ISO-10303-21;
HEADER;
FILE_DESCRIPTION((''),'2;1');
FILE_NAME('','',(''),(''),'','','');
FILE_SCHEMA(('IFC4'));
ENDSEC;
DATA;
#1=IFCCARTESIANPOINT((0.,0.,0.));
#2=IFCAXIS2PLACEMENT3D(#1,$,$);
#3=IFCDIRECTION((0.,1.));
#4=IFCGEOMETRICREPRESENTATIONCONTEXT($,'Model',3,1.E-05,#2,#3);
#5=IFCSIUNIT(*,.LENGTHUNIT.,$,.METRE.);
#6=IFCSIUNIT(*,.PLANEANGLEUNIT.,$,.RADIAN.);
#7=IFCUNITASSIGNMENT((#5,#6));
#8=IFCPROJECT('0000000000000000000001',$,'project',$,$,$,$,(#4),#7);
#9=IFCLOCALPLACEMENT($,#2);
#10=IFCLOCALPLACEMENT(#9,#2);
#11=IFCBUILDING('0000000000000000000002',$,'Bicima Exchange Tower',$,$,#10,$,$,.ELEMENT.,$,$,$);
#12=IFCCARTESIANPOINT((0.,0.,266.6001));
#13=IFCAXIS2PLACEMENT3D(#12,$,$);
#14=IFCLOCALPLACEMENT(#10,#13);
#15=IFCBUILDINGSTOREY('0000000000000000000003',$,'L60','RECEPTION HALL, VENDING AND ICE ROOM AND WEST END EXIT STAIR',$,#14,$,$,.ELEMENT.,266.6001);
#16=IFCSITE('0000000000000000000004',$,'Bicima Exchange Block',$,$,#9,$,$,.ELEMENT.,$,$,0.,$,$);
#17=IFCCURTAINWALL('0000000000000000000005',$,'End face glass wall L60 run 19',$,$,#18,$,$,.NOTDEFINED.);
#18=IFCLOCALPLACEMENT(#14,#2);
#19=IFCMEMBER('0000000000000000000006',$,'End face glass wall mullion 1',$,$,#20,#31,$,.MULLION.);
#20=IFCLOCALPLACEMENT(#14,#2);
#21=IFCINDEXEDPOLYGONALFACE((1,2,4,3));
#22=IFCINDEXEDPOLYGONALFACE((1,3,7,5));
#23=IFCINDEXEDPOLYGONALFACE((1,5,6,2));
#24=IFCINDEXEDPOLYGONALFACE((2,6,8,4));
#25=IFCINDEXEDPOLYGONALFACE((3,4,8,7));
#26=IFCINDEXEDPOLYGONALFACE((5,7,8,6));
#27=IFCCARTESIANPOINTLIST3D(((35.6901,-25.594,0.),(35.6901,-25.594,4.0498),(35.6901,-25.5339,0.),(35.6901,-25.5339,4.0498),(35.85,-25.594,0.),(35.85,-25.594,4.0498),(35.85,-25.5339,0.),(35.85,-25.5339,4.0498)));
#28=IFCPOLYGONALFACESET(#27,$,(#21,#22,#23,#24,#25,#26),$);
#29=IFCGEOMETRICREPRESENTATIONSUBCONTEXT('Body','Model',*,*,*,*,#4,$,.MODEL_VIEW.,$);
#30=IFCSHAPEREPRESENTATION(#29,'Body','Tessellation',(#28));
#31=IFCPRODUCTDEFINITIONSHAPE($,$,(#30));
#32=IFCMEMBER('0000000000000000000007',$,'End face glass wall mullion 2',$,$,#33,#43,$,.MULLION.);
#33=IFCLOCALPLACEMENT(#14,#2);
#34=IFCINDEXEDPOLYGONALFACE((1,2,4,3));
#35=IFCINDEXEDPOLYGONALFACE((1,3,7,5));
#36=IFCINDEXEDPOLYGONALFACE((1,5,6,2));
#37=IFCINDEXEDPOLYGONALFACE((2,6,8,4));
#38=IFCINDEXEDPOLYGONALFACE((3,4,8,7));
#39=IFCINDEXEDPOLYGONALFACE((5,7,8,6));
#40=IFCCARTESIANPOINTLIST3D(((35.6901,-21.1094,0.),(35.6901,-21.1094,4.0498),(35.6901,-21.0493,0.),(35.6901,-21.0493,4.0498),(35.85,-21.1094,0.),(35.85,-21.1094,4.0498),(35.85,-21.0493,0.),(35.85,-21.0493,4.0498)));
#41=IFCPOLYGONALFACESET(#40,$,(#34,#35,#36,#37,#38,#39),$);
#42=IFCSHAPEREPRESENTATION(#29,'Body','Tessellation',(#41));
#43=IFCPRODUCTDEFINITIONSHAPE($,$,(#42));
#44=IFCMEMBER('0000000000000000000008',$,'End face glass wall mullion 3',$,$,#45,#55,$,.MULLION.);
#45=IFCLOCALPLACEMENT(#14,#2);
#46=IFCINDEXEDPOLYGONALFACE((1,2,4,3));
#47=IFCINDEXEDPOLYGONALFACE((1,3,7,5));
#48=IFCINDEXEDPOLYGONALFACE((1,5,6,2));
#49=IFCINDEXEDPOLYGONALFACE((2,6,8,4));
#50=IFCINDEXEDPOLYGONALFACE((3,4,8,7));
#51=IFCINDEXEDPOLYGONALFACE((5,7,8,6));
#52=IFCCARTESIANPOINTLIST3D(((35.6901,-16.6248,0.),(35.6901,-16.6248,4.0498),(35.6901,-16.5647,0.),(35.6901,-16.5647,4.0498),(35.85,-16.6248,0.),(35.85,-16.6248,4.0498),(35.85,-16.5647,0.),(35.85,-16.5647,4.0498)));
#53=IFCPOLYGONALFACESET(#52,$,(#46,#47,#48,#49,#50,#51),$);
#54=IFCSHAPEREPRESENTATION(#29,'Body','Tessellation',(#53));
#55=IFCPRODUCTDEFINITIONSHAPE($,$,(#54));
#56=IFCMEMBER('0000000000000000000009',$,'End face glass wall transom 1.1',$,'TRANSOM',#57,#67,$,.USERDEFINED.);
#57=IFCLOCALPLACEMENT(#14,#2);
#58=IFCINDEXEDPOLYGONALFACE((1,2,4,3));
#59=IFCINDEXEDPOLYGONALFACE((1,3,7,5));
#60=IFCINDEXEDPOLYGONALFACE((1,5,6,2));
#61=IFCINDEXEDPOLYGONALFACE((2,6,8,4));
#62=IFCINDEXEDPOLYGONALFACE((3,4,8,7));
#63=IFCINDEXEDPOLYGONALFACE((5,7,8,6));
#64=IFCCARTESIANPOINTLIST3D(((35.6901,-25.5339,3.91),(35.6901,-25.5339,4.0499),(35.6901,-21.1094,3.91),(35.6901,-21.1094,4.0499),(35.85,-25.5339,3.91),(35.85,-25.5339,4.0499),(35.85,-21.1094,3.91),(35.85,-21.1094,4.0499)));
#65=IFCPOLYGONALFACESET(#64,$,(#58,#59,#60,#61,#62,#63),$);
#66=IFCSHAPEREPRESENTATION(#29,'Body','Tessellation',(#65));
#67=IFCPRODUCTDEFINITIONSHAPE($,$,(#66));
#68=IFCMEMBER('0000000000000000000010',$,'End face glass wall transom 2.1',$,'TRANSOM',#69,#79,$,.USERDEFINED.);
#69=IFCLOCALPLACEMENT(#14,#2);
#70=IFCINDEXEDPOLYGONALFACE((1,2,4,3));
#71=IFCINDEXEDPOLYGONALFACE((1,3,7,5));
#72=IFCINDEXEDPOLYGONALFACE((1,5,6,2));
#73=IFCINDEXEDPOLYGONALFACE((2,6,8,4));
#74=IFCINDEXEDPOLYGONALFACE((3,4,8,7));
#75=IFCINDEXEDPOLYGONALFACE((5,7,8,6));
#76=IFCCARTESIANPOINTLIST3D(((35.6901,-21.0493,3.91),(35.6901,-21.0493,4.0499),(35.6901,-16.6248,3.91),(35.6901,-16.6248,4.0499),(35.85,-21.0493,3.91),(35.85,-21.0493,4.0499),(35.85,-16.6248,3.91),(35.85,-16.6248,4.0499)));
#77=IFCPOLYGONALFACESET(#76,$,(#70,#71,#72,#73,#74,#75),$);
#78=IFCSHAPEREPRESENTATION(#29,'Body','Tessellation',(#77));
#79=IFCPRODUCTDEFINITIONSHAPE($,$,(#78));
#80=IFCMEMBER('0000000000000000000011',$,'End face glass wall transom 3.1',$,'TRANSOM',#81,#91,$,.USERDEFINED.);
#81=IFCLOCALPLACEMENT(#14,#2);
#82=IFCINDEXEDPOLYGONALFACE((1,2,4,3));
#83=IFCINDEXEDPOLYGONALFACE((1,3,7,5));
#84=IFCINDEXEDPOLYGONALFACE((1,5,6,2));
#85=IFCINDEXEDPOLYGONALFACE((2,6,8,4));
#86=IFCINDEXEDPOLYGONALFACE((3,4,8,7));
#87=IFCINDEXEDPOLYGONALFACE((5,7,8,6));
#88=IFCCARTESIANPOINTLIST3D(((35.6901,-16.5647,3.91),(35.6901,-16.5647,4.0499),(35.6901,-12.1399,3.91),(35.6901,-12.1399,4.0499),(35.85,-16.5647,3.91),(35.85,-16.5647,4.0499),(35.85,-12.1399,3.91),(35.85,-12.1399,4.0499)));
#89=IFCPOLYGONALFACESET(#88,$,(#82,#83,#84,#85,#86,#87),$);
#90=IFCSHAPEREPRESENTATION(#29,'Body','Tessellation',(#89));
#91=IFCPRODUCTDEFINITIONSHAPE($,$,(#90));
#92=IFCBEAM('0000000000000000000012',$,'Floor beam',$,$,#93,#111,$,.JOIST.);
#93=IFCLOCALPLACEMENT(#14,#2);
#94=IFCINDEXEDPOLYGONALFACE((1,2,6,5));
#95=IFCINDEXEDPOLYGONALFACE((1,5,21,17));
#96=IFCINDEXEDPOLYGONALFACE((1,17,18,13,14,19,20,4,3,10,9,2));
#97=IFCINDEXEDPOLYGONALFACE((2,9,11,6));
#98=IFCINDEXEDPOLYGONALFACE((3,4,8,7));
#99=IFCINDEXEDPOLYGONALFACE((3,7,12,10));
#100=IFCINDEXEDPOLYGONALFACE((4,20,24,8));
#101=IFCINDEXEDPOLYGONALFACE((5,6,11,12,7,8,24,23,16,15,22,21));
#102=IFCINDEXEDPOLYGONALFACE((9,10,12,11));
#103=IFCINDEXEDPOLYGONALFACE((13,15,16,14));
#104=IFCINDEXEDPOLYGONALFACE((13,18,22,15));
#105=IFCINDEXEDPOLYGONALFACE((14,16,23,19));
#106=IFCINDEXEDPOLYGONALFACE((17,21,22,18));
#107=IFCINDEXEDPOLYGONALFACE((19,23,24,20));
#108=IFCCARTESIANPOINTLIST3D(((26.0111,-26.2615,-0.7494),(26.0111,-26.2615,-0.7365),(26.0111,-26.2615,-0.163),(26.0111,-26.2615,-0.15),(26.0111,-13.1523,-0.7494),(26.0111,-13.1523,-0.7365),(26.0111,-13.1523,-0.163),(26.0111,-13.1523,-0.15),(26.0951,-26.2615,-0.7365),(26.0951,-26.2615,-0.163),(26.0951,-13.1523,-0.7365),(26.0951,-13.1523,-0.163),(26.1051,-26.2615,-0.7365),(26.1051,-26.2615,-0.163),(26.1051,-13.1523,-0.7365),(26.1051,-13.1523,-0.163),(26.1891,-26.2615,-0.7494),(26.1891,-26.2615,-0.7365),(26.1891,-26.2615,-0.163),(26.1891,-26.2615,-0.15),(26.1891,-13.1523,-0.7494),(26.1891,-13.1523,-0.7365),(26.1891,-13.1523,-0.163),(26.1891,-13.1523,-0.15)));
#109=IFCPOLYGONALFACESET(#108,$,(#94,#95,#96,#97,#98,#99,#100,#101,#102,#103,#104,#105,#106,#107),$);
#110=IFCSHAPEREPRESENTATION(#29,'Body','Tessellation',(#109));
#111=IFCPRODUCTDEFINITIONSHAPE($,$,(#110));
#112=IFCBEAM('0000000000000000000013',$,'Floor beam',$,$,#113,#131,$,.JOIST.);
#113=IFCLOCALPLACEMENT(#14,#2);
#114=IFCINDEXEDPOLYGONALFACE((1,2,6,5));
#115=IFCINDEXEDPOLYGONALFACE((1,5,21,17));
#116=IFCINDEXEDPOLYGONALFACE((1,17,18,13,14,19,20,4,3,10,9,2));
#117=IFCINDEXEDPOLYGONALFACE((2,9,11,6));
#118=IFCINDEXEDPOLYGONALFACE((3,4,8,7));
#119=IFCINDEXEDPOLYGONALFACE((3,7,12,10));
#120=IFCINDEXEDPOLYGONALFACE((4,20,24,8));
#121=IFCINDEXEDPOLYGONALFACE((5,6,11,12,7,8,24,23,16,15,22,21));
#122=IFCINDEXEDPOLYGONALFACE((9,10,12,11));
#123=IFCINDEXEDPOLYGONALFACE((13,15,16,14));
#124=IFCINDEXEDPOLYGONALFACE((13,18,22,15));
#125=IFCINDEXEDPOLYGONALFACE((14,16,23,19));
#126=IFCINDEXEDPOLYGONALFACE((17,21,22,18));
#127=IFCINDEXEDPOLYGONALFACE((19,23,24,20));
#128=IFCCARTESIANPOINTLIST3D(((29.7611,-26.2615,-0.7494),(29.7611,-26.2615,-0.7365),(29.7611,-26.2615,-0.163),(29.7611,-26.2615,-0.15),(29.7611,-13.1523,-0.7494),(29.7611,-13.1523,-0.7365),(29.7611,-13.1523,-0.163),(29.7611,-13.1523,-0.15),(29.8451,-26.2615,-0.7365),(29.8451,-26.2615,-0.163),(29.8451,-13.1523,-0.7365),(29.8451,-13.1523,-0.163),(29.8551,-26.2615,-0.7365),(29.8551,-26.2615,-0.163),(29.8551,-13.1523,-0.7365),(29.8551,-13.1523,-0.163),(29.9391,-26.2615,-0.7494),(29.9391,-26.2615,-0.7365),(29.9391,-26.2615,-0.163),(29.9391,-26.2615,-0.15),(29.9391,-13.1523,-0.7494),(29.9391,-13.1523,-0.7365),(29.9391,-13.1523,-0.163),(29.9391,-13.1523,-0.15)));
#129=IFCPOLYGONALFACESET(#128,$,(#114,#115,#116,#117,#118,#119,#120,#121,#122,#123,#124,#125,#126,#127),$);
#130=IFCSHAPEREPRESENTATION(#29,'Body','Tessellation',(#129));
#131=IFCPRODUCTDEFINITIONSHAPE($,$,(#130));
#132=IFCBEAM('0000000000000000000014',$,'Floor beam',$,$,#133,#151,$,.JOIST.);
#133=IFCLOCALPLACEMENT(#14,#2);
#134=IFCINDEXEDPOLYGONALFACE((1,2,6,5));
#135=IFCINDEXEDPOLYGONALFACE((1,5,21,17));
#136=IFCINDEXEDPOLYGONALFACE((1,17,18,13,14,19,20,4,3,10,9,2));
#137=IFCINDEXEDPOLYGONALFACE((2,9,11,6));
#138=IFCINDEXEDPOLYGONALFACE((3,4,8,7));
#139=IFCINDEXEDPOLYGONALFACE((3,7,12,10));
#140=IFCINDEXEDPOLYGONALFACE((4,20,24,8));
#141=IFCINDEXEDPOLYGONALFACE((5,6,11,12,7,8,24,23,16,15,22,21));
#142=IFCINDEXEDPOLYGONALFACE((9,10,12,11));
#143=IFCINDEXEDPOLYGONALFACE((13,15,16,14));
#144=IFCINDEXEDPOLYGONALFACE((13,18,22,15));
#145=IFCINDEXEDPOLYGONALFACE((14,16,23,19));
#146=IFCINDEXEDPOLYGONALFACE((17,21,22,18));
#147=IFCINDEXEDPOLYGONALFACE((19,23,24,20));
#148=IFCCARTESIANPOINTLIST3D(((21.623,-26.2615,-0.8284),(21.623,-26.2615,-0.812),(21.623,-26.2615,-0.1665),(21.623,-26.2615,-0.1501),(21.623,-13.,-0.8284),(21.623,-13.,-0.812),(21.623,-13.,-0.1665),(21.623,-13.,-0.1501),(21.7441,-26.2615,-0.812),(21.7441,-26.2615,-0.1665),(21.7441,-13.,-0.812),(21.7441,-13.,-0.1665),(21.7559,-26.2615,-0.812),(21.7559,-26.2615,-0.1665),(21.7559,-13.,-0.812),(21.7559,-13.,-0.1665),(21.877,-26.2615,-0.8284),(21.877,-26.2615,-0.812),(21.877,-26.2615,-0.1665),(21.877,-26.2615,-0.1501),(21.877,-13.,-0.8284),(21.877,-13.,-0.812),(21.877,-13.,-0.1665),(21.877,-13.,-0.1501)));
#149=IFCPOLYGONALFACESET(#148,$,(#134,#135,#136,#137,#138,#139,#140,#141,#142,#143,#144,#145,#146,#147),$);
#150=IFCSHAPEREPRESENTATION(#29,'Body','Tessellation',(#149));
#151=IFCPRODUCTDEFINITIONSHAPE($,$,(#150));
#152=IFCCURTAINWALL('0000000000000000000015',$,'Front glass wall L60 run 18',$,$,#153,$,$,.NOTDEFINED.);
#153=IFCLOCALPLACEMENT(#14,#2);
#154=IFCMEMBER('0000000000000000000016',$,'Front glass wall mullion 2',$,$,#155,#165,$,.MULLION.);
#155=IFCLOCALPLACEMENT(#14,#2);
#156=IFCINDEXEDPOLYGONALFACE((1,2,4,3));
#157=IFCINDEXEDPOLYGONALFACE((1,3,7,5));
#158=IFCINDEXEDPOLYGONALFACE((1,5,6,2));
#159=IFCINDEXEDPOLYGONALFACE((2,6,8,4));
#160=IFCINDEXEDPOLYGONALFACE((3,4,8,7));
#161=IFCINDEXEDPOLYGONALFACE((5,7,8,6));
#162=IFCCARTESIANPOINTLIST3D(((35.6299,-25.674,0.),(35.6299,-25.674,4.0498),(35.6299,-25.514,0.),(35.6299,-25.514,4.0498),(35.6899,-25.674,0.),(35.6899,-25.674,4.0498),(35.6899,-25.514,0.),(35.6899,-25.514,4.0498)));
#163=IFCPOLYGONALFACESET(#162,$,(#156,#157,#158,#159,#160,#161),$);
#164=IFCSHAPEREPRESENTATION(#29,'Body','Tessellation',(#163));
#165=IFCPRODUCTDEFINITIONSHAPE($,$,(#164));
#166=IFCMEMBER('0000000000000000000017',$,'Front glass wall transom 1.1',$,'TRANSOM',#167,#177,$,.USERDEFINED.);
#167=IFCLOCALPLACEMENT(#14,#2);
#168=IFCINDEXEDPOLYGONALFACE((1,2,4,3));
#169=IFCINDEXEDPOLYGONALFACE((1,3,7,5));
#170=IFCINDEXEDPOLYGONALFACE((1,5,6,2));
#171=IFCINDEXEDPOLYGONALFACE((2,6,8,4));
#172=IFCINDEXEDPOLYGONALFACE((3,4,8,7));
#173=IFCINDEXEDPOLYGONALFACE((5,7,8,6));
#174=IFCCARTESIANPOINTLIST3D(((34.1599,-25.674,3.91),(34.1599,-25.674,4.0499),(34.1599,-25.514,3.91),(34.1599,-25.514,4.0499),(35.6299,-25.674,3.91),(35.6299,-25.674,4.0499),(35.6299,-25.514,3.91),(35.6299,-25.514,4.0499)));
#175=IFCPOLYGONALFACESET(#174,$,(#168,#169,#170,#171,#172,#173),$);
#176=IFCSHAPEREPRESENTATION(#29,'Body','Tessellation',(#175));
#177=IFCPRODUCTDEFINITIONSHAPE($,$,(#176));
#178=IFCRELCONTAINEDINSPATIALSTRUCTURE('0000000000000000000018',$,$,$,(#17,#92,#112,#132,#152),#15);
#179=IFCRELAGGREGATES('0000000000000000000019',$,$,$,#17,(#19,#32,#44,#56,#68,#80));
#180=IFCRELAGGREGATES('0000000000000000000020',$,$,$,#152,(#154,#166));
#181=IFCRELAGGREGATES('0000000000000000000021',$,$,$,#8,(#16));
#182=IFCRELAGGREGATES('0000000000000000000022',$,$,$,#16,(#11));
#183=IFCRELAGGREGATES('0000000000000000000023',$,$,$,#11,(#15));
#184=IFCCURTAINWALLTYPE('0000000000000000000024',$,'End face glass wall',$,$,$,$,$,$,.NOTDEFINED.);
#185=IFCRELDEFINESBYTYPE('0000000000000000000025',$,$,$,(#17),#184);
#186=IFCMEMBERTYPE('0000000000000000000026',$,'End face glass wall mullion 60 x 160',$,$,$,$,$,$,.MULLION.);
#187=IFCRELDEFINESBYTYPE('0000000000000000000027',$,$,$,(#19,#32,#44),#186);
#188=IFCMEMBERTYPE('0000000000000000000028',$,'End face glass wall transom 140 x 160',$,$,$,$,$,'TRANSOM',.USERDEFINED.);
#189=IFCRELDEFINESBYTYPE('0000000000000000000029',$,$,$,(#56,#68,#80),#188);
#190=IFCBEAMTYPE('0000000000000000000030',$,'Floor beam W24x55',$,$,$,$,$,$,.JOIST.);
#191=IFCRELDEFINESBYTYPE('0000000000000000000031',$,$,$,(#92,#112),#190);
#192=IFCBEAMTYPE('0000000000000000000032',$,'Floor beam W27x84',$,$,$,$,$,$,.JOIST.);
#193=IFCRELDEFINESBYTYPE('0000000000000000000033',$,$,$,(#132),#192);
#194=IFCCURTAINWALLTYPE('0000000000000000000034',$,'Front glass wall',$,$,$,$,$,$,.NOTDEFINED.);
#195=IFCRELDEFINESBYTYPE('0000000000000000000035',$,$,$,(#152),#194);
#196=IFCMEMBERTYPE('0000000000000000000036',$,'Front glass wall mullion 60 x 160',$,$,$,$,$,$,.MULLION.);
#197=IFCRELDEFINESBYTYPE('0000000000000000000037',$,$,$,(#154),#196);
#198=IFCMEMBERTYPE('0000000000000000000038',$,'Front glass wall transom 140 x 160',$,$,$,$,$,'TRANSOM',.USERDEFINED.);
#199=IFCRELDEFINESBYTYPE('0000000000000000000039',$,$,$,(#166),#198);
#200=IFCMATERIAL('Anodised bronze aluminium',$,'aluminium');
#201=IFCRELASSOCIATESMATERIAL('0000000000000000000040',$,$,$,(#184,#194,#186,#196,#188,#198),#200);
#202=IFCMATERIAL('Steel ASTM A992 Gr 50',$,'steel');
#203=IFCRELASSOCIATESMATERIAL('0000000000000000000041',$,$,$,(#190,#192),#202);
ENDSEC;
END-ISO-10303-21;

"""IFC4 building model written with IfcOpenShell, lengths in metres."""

from ifc_helpers import new_model, si_unit, direction, frame, origin, origin_2d, place, context, subcontext, project, spatial, rectangle, i_section, extrude, material, material_profile, profile_set, type_object, element, aggregate, save


model = new_model("IFC4")

# Units and contexts
model_context = context("Model", 3, precision=1e-05, world=origin(), true_north=direction((0.0, 1.0)))
body_context = subcontext(model_context, "Body", "Model", "MODEL_VIEW")
ifc_project = project(units=[si_unit("LENGTHUNIT", "METRE"), si_unit("PLANEANGLEUNIT", "RADIAN")], contexts=[model_context])

# Site, building, storey
site_placement = place(None, origin())
site = spatial("IfcSite", under=ifc_project, at=site_placement, Name="Bicima Exchange Block", CompositionType="ELEMENT", RefElevation=0.0)
building_placement = place(site_placement, origin())
building = spatial("IfcBuilding", under=site, at=building_placement, Name="Bicima Exchange Tower", CompositionType="ELEMENT")
storey_placement = place(building_placement, frame((0.0, 0.0, 266.6001)))
storey = spatial("IfcBuildingStorey", under=building, at=storey_placement, Name="L60", Description="RECEPTION HALL, VENDING AND ICE ROOM AND WEST END EXIT STAIR", CompositionType="ELEMENT", Elevation=266.6001)

# Curtain wall, members
ifc_material_1 = material(Name="Anodised bronze aluminium", Category="aluminium")
curtain_wall_type_1 = type_object("IfcCurtainWallType", Name="End face glass wall", PredefinedType="NOTDEFINED", material=ifc_material_1)
curtain_wall_1_placement = place(storey_placement, origin())
curtain_wall_1 = element("IfcCurtainWall", 1, at=curtain_wall_1_placement, inside=storey, type_object=curtain_wall_type_1, Name="End face glass wall L60 run 19", PredefinedType="NOTDEFINED")
ifc_material_profile_1 = material_profile(ifc_material_1, rectangle(XDim=0.1599, YDim=0.0601, at=origin_2d()))
ifc_profile_set_1 = profile_set([ifc_material_profile_1], Name="Anodised bronze aluminium")
member_type_1 = type_object("IfcMemberType", Name="End face glass wall mullion 60 x 160", PredefinedType="MULLION", material=ifc_profile_set_1)
member_1_placement = place(storey_placement, frame((35.77, -25.564, 0.0), z_axis=(0.0, 0.0, 1.0), x_axis=(-1.0, 0.0, 0.0)))
member_1 = element("IfcMember", 2, at=member_1_placement, type_object=member_type_1, Name="End face glass wall mullion 1", PredefinedType="MULLION", context=body_context, shape_type="SweptSolid", body=[
    extrude(rectangle(XDim=0.1599, YDim=0.0601, at=origin_2d()), origin(), (0.0, 0.0, 1.0), 4.0498),
])
member_2_placement = place(storey_placement, frame((35.77, -21.0793, 0.0), z_axis=(0.0, 0.0, 1.0), x_axis=(-1.0, 0.0, 0.0)))
member_2 = element("IfcMember", 3, at=member_2_placement, type_object=member_type_1, Name="End face glass wall mullion 2", PredefinedType="MULLION", context=body_context, shape_type="SweptSolid", body=[
    extrude(rectangle(XDim=0.1599, YDim=0.0601, at=origin_2d()), origin(), (0.0, 0.0, 1.0), 4.0498),
])
member_3_placement = place(storey_placement, frame((35.77, -16.5947, 0.0), z_axis=(0.0, 0.0, 1.0), x_axis=(-1.0, 0.0, 0.0)))
member_3 = element("IfcMember", 4, at=member_3_placement, type_object=member_type_1, Name="End face glass wall mullion 3", PredefinedType="MULLION", context=body_context, shape_type="SweptSolid", body=[
    extrude(rectangle(XDim=0.1599, YDim=0.0601, at=origin_2d()), origin(), (0.0, 0.0, 1.0), 4.0498),
])
ifc_material_profile_2 = material_profile(ifc_material_1, rectangle(XDim=0.1599, YDim=0.1399, at=origin_2d()))
ifc_profile_set_2 = profile_set([ifc_material_profile_2], Name="Anodised bronze aluminium")
member_type_2 = type_object("IfcMemberType", Name="End face glass wall transom 140 x 160", ElementType="TRANSOM", PredefinedType="USERDEFINED", material=ifc_profile_set_2)
member_4_placement = place(storey_placement, frame((35.77, -25.5339, 3.98), z_axis=(0.0, 1.0, 0.0), x_axis=(-1.0, 0.0, 0.0)))
member_4 = element("IfcMember", 5, at=member_4_placement, type_object=member_type_2, Name="End face glass wall transom 1.1", ObjectType="TRANSOM", PredefinedType="USERDEFINED", context=body_context, shape_type="SweptSolid", body=[
    extrude(rectangle(XDim=0.1599, YDim=0.1399, at=origin_2d()), origin(), (0.0, 0.0, 1.0), 4.4246),
])
member_5_placement = place(storey_placement, frame((35.77, -21.0493, 3.98), z_axis=(0.0, 1.0, 0.0), x_axis=(-1.0, 0.0, 0.0)))
member_5 = element("IfcMember", 6, at=member_5_placement, type_object=member_type_2, Name="End face glass wall transom 2.1", ObjectType="TRANSOM", PredefinedType="USERDEFINED", context=body_context, shape_type="SweptSolid", body=[
    extrude(rectangle(XDim=0.1599, YDim=0.1399, at=origin_2d()), origin(), (0.0, 0.0, 1.0), 4.4246),
])
member_6_placement = place(storey_placement, frame((35.77, -16.5647, 3.98), z_axis=(0.0, 1.0, 0.0), x_axis=(-1.0, 0.0, 0.0)))
member_6 = element("IfcMember", 7, at=member_6_placement, type_object=member_type_2, Name="End face glass wall transom 3.1", ObjectType="TRANSOM", PredefinedType="USERDEFINED", context=body_context, shape_type="SweptSolid", body=[
    extrude(rectangle(XDim=0.1599, YDim=0.1399, at=origin_2d()), origin(), (0.0, 0.0, 1.0), 4.4248),
])

# Beams
ifc_material_2 = material(Name="Steel ASTM A992 Gr 50", Category="steel")
ifc_material_profile_3 = material_profile(ifc_material_2, i_section(OverallWidth=0.178, OverallDepth=0.5994, WebThickness=0.01, FlangeThickness=0.0129, at=origin_2d()))
ifc_profile_set_3 = profile_set([ifc_material_profile_3], Name="Steel ASTM A992 Gr 50")
beam_type_1 = type_object("IfcBeamType", Name="Floor beam W24x55", PredefinedType="JOIST", material=ifc_profile_set_3)
for number, where, z_axis, x_axis, name in (
    (8, (26.1001, -13.1523, -0.4497), (0.0, -1.0, 0.0), (1.0, 0.0, 0.0), "Floor beam"),
    (9, (29.8501, -13.1523, -0.4497), (0.0, -1.0, 0.0), (1.0, 0.0, 0.0), "Floor beam"),
):
    element("IfcBeam", number, at=place(storey_placement, frame(where, z_axis=z_axis, x_axis=x_axis)), inside=storey, type_object=beam_type_1, Name=name, PredefinedType="JOIST", context=body_context, shape_type="SweptSolid", body=[
        extrude(i_section(OverallWidth=0.178, OverallDepth=0.5994, WebThickness=0.01, FlangeThickness=0.0129, at=origin_2d()), origin(), (0.0, 0.0, 1.0), 13.1091),
    ])
ifc_material_profile_4 = material_profile(ifc_material_2, i_section(OverallWidth=0.2539, OverallDepth=0.6782, WebThickness=0.0117, FlangeThickness=0.0164, at=origin_2d()))
ifc_profile_set_4 = profile_set([ifc_material_profile_4], Name="Steel ASTM A992 Gr 50")
beam_type_2 = type_object("IfcBeamType", Name="Floor beam W27x84", PredefinedType="JOIST", material=ifc_profile_set_4)
beam_placement = place(storey_placement, frame((21.75, -13.0, -0.4893), z_axis=(0.0, -1.0, 0.0), x_axis=(1.0, 0.0, 0.0)))
element("IfcBeam", 10, at=beam_placement, inside=storey, type_object=beam_type_2, Name="Floor beam", PredefinedType="JOIST", context=body_context, shape_type="SweptSolid", body=[
    extrude(i_section(OverallWidth=0.2539, OverallDepth=0.6782, WebThickness=0.0117, FlangeThickness=0.0164, at=origin_2d()), origin(), (0.0, 0.0, 1.0), 13.2615),
])

# Curtain wall, members
curtain_wall_type_2 = type_object("IfcCurtainWallType", Name="Front glass wall", PredefinedType="NOTDEFINED", material=ifc_material_1)
curtain_wall_2_placement = place(storey_placement, origin())
curtain_wall_2 = element("IfcCurtainWall", 11, at=curtain_wall_2_placement, inside=storey, type_object=curtain_wall_type_2, Name="Front glass wall L60 run 18", PredefinedType="NOTDEFINED")
member_type_3 = type_object("IfcMemberType", Name="Front glass wall mullion 60 x 160", PredefinedType="MULLION", material=ifc_profile_set_1)
member_7_placement = place(storey_placement, frame((35.6599, -25.594, 0.0), z_axis=(0.0, 0.0, 1.0), x_axis=(0.0, 1.0, 0.0)))
member_7 = element("IfcMember", 12, at=member_7_placement, type_object=member_type_3, Name="Front glass wall mullion 2", PredefinedType="MULLION", context=body_context, shape_type="SweptSolid", body=[
    extrude(rectangle(XDim=0.1599, YDim=0.0601, at=origin_2d()), origin(), (0.0, 0.0, 1.0), 4.0498),
])
member_type_4 = type_object("IfcMemberType", Name="Front glass wall transom 140 x 160", ElementType="TRANSOM", PredefinedType="USERDEFINED", material=ifc_profile_set_2)
member_8_placement = place(storey_placement, frame((34.1599, -25.594, 3.98), z_axis=(1.0, 0.0, 0.0), x_axis=(0.0, 1.0, 0.0)))
member_8 = element("IfcMember", 13, at=member_8_placement, type_object=member_type_4, Name="Front glass wall transom 1.1", ObjectType="TRANSOM", PredefinedType="USERDEFINED", context=body_context, shape_type="SweptSolid", body=[
    extrude(rectangle(XDim=0.1599, YDim=0.1399, at=origin_2d()), origin(), (0.0, 0.0, 1.0), 1.47),
])

aggregate(curtain_wall_1, [member_1, member_2, member_3, member_4, member_5, member_6])
aggregate(curtain_wall_2, [member_7, member_8])

save(model, "model.ifc")
